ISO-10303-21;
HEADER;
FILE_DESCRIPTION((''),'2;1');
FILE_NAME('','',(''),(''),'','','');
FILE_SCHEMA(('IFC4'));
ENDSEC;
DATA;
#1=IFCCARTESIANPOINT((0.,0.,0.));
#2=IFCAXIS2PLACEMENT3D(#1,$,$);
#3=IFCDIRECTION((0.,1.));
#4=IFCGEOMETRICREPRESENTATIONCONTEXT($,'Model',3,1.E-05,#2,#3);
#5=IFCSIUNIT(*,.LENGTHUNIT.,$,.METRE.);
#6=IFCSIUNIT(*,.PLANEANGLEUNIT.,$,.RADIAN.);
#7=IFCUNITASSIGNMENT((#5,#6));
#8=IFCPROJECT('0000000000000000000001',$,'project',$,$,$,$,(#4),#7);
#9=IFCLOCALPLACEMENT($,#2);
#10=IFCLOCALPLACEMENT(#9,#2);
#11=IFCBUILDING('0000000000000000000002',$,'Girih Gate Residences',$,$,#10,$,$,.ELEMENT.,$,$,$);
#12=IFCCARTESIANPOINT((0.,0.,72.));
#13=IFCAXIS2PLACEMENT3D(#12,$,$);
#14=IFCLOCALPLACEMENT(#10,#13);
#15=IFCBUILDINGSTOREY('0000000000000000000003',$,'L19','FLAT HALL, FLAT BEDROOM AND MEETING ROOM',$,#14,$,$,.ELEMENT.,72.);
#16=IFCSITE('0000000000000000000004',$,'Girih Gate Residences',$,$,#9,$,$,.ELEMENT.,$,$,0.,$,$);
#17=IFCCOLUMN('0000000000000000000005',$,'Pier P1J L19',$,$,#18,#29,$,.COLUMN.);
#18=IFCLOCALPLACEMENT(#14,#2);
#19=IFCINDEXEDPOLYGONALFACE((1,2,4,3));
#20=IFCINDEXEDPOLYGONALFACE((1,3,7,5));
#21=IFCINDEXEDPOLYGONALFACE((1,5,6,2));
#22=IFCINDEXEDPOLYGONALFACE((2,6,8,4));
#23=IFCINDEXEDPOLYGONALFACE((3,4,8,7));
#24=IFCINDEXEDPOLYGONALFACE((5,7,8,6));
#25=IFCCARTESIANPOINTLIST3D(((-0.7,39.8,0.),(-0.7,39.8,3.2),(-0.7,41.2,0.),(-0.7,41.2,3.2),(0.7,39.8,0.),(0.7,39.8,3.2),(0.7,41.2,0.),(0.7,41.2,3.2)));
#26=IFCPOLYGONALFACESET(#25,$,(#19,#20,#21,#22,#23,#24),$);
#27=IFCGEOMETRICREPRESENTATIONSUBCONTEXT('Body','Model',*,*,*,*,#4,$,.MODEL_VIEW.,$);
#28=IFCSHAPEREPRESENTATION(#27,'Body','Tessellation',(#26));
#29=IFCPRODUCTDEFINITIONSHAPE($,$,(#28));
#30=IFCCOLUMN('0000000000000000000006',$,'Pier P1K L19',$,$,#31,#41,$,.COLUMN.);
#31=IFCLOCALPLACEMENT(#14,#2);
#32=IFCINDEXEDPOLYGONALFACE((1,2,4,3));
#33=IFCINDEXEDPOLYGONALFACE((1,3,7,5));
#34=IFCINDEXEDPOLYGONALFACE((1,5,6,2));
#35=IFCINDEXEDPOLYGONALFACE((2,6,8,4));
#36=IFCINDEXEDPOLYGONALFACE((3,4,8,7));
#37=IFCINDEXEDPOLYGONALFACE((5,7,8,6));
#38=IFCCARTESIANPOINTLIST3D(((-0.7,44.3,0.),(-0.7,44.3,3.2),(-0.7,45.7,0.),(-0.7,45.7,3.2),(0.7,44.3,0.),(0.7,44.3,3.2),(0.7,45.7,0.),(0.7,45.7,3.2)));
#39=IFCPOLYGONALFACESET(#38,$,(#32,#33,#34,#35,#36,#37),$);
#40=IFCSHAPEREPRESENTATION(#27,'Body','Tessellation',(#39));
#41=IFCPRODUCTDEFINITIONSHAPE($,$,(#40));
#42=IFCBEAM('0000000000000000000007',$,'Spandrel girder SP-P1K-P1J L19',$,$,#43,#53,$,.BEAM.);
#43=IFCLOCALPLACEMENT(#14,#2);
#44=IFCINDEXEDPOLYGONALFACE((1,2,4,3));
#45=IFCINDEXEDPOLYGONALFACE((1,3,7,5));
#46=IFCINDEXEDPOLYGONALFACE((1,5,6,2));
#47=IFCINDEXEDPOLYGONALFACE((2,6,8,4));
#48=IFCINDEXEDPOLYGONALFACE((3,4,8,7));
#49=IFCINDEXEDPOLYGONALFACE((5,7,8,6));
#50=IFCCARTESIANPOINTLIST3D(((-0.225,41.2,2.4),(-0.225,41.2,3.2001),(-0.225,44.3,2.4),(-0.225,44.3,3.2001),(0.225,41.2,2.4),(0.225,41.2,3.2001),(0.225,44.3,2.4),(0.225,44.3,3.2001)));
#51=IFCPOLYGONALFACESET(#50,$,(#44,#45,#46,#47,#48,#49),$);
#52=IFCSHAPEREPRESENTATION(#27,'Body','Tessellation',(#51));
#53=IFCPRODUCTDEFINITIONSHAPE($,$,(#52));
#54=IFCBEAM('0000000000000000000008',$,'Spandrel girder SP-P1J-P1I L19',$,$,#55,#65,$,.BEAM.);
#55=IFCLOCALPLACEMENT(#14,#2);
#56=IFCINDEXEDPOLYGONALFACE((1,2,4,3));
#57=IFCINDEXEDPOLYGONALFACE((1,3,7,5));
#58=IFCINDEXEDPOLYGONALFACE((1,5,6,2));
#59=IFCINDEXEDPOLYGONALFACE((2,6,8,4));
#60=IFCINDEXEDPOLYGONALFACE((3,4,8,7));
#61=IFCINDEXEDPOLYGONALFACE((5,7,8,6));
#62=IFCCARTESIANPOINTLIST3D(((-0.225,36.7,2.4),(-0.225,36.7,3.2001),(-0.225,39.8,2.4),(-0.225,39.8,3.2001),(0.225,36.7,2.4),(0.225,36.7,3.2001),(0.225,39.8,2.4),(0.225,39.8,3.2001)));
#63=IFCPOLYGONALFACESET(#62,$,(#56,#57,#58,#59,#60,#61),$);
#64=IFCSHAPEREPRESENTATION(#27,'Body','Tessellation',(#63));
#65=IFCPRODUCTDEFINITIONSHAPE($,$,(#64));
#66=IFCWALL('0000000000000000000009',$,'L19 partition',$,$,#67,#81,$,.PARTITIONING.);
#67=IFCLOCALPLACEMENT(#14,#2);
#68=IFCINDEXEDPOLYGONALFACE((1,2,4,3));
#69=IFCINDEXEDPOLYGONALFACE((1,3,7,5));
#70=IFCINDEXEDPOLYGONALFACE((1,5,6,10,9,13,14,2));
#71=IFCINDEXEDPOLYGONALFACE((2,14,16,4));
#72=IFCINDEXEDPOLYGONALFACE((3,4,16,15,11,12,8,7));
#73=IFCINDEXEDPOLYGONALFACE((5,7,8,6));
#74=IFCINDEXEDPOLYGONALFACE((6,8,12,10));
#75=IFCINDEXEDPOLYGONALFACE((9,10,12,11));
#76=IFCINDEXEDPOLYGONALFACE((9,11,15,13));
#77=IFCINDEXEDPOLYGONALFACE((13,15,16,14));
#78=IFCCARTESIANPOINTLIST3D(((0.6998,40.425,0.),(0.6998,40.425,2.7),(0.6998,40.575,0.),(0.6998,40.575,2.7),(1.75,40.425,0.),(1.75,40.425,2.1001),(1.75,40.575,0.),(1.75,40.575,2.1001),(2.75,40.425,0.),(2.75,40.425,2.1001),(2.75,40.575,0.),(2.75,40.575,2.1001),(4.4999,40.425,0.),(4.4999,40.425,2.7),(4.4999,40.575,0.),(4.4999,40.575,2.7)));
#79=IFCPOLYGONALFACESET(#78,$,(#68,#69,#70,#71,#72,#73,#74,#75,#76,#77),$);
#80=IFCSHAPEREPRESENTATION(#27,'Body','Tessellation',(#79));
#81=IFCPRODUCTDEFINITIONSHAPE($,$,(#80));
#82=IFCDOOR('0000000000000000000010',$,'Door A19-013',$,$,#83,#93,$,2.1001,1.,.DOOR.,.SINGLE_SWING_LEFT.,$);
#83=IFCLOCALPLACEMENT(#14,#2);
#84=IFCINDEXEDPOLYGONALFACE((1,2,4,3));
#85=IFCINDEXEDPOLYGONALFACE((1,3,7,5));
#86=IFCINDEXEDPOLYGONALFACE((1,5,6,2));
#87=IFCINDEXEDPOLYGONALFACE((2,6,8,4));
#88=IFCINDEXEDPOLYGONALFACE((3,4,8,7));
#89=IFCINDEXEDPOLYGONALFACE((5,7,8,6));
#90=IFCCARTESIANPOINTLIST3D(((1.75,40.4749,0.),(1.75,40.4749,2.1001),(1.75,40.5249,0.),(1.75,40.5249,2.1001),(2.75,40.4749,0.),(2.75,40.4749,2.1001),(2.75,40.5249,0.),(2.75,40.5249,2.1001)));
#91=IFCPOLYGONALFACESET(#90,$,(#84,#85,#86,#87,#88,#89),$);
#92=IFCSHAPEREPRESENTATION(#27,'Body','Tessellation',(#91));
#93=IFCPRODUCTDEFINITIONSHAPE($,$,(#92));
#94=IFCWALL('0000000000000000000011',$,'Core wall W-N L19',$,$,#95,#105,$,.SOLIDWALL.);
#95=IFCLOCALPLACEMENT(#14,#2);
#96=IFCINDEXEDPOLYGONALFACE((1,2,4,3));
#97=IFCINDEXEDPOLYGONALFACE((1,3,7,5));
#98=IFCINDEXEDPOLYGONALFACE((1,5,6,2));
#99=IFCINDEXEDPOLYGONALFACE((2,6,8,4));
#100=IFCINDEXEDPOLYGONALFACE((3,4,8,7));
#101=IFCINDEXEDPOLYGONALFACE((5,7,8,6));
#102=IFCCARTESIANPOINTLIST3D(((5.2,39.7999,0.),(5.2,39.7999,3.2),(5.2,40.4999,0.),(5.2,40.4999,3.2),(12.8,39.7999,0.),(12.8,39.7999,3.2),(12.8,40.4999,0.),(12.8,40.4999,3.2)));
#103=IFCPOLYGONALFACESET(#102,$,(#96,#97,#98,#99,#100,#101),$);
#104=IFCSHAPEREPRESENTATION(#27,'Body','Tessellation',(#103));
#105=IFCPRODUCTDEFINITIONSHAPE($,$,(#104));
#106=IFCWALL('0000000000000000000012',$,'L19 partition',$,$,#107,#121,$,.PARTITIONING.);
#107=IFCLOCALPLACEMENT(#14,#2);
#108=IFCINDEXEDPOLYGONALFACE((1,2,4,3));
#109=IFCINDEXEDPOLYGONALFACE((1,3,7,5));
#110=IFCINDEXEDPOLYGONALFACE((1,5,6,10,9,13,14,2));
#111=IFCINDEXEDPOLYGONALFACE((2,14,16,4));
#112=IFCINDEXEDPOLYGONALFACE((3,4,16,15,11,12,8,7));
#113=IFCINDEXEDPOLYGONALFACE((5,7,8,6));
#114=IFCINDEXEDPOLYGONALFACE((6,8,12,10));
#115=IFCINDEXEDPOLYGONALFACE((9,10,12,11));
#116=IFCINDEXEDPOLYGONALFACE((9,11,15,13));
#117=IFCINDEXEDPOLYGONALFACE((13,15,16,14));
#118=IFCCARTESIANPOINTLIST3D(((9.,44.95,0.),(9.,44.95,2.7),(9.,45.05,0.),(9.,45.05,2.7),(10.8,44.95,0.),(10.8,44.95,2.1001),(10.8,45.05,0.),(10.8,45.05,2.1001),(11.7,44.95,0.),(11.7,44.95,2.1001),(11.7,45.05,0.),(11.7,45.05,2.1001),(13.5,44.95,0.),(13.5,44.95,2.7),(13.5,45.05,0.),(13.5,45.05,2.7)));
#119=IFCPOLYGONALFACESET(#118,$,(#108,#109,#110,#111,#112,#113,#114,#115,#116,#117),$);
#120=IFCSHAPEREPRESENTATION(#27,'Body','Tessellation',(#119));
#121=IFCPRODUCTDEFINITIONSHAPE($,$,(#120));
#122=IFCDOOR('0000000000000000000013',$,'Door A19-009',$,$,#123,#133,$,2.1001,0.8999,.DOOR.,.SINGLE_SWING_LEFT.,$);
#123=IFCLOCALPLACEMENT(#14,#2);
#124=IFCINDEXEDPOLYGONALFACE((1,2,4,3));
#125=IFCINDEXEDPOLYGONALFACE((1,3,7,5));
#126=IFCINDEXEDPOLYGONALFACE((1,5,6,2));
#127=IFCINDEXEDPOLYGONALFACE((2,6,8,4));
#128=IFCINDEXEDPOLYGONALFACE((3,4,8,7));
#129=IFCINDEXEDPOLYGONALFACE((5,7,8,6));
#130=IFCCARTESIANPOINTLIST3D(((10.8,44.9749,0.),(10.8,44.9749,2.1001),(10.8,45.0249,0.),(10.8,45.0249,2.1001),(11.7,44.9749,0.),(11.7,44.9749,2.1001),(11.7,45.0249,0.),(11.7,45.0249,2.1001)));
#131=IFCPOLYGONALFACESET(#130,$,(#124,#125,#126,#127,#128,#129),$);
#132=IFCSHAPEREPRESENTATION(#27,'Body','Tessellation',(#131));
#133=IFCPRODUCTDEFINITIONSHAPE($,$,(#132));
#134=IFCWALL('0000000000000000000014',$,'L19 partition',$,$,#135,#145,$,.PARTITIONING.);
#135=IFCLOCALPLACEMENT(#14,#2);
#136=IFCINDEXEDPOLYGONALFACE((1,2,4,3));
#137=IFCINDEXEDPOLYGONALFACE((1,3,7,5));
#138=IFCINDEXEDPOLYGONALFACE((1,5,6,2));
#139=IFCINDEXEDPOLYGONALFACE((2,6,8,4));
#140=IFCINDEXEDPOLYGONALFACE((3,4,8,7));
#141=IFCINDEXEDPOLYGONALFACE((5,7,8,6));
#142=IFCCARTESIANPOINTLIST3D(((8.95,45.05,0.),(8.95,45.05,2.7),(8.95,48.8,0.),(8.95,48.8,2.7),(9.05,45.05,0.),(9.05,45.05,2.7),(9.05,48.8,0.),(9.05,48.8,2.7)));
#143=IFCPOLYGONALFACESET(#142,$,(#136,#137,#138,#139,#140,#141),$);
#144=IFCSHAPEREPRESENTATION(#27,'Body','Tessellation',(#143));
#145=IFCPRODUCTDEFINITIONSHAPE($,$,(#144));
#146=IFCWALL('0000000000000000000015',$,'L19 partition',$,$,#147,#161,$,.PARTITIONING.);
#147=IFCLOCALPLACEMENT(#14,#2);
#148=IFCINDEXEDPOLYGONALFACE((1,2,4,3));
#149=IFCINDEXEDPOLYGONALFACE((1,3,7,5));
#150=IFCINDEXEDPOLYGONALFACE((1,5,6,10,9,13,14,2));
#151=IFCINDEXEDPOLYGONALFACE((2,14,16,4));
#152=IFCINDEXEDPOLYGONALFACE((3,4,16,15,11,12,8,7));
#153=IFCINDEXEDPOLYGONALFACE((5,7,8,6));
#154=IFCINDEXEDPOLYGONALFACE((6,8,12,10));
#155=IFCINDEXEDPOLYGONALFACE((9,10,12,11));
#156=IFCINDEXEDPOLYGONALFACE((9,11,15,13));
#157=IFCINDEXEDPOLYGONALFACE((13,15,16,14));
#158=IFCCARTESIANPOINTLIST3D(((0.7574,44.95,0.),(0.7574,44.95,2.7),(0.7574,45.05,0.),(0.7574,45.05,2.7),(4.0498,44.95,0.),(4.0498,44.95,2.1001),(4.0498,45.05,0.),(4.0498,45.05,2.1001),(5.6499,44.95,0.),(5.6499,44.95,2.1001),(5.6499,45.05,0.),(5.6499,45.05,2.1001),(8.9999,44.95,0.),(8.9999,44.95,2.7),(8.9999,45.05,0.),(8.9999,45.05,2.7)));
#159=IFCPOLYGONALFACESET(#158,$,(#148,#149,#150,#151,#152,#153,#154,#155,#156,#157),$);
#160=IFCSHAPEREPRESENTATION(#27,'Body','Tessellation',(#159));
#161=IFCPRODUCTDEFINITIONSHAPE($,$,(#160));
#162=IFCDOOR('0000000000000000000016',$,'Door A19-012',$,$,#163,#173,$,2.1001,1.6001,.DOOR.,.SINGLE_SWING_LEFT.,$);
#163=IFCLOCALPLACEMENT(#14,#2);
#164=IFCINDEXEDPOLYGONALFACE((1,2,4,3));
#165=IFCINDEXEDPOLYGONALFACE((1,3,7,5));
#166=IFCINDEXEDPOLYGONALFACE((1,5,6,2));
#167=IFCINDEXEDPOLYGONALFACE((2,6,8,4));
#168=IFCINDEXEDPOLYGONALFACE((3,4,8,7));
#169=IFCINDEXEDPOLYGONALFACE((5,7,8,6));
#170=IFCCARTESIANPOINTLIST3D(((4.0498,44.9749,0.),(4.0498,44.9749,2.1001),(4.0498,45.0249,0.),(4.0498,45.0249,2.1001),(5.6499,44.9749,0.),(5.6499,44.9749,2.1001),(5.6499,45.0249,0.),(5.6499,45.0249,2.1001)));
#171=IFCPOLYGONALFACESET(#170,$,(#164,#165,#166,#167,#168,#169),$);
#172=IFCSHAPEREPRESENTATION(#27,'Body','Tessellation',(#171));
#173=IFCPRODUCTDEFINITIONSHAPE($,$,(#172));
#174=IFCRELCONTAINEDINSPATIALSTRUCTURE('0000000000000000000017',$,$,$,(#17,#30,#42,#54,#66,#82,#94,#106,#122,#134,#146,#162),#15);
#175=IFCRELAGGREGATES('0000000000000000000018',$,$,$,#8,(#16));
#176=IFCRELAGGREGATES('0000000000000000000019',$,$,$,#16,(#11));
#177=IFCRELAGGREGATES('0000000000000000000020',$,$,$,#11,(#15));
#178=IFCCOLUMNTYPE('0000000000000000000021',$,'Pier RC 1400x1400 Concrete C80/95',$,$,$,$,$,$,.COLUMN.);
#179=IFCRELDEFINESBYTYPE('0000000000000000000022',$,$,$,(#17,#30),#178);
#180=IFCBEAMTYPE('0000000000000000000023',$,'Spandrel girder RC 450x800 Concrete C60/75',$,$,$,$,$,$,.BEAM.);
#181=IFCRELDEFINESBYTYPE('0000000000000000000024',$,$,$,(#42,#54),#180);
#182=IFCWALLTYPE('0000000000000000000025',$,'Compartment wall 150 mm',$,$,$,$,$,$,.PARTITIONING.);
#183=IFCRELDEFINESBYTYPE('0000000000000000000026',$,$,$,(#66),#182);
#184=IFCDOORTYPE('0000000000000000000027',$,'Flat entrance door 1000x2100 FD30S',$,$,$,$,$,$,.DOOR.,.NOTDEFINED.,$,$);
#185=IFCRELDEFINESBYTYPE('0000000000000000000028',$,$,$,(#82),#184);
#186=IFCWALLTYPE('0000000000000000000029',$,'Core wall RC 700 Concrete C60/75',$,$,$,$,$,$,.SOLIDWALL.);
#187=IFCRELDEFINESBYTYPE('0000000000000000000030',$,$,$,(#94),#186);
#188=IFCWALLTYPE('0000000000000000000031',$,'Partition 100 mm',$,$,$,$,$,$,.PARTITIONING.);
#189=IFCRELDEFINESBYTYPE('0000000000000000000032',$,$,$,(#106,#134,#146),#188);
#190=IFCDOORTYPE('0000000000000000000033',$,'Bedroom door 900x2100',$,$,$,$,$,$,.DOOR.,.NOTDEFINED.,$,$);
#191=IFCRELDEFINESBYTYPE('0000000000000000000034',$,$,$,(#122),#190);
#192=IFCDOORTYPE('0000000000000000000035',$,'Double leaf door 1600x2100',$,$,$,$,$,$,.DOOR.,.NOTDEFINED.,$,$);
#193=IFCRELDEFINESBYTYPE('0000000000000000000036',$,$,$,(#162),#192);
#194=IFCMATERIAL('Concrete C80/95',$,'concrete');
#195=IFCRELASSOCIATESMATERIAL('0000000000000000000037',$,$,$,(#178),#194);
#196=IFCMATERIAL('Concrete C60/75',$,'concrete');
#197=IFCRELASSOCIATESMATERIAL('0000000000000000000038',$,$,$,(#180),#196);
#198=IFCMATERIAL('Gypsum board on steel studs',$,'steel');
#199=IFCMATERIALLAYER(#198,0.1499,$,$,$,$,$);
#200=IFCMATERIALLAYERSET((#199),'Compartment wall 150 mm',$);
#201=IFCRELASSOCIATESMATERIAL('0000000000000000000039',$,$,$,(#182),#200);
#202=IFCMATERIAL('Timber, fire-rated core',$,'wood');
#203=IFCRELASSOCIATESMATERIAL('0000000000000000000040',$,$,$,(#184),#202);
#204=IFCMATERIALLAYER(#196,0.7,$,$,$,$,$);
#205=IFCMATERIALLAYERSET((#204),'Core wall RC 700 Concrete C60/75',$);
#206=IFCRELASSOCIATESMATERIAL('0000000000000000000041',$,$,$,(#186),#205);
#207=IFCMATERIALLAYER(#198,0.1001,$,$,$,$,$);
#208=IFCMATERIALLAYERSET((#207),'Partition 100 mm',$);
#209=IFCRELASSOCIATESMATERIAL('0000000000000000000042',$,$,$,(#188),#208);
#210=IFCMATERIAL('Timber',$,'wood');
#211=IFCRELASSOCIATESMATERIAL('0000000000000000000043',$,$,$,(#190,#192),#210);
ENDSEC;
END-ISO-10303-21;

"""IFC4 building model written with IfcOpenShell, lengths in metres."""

from ifc_helpers import new_model, si_unit, direction, frame, frame_2d, origin, origin_2d, place, context, subcontext, project, spatial, rectangle, extrude, material, layer, layer_set, material_profile, profile_set, type_object, element, fill, save


model = new_model("IFC4")

# Units and contexts
model_context = context("Model", 3, precision=1e-05, world=origin(), true_north=direction((0.0, 1.0)))
body_context = subcontext(model_context, "Body", "Model", "MODEL_VIEW")
ifc_project = project(units=[si_unit("LENGTHUNIT", "METRE"), si_unit("PLANEANGLEUNIT", "RADIAN")], contexts=[model_context])

# Site, building, storey
site_placement = place(None, origin())
site = spatial("IfcSite", under=ifc_project, at=site_placement, Name="Girih Gate Residences", CompositionType="ELEMENT", RefElevation=0.0)
building_placement = place(site_placement, origin())
building = spatial("IfcBuilding", under=site, at=building_placement, Name="Girih Gate Residences", CompositionType="ELEMENT")
storey_placement = place(building_placement, frame((0.0, 0.0, 72.0)))
storey = spatial("IfcBuildingStorey", under=building, at=storey_placement, Name="L19", Description="FLAT HALL, FLAT BEDROOM AND MEETING ROOM", CompositionType="ELEMENT", Elevation=72.0)

# Columns
ifc_material_1 = material(Name="Concrete C80/95", Category="concrete")
ifc_material_profile_1 = material_profile(ifc_material_1, rectangle(XDim=1.3999, YDim=1.3999, at=origin_2d()))
ifc_profile_set_1 = profile_set([ifc_material_profile_1], Name="Concrete C80/95")
column_type = type_object("IfcColumnType", Name="Pier RC 1400x1400 Concrete C80/95", PredefinedType="COLUMN", material=ifc_profile_set_1)
for number, where, z_axis, x_axis, name in (
    (1, (0.0, 40.5, 0.0), (0.0, 0.0, 1.0), (1.0, 0.0, 0.0), "Pier P1J L19"),
    (2, (0.0, 45.0, 0.0), (0.0, 0.0, 1.0), (1.0, 0.0, 0.0), "Pier P1K L19"),
):
    element("IfcColumn", number, at=place(storey_placement, frame(where, z_axis=z_axis, x_axis=x_axis)), inside=storey, type_object=column_type, Name=name, PredefinedType="COLUMN", context=body_context, shape_type="SweptSolid", body=[
        extrude(rectangle(XDim=1.3999, YDim=1.3999, at=origin_2d()), origin(), (0.0, 0.0, 1.0), 3.2),
    ])

# Beams
ifc_material_2 = material(Name="Concrete C60/75", Category="concrete")
ifc_material_profile_2 = material_profile(ifc_material_2, rectangle(XDim=0.45, YDim=0.8, at=origin_2d()))
ifc_profile_set_2 = profile_set([ifc_material_profile_2], Name="Concrete C60/75")
beam_type = type_object("IfcBeamType", Name="Spandrel girder RC 450x800 Concrete C60/75", PredefinedType="BEAM", material=ifc_profile_set_2)
for number, where, z_axis, x_axis, name in (
    (3, (0.0, 44.3, 2.8), (0.0, -1.0, 0.0), (1.0, 0.0, 0.0), "Spandrel girder SP-P1K-P1J L19"),
    (4, (0.0, 39.8, 2.8), (0.0, -1.0, 0.0), (1.0, 0.0, 0.0), "Spandrel girder SP-P1J-P1I L19"),
):
    element("IfcBeam", number, at=place(storey_placement, frame(where, z_axis=z_axis, x_axis=x_axis)), inside=storey, type_object=beam_type, Name=name, PredefinedType="BEAM", context=body_context, shape_type="SweptSolid", body=[
        extrude(rectangle(XDim=0.45, YDim=0.8, at=origin_2d()), origin(), (0.0, 0.0, 1.0), 3.1001),
    ])

# Wall, opening, door
ifc_material_3 = material(Name="Gypsum board on steel studs", Category="steel")
ifc_layer_1 = layer(ifc_material_3, 0.1499)
ifc_layer_set_1 = layer_set([ifc_layer_1], Name="Compartment wall 150 mm")
wall_type_1 = type_object("IfcWallType", Name="Compartment wall 150 mm", PredefinedType="PARTITIONING", material=ifc_layer_set_1)
wall_1_placement = place(storey_placement, frame((0.7, 40.5, 0.0), z_axis=(0.0, 0.0, 1.0), x_axis=(1.0, 0.0, 0.0)))
wall_1 = element("IfcWall", 5, at=wall_1_placement, inside=storey, type_object=wall_type_1, Name="L19 partition", PredefinedType="PARTITIONING", context=body_context, shape_type="SweptSolid", body=[
    extrude(rectangle(XDim=3.8, YDim=0.1499, at=frame_2d((1.8999, 0.0))), origin(), (0.0, 0.0, 1.0), 2.7),
])
opening_1_placement = place(wall_1_placement, frame((1.05, 0.0, 0.0)))
opening_1 = element("IfcOpeningElement", 6, at=opening_1_placement, cuts=wall_1, PredefinedType="OPENING", context=body_context, shape_type="SweptSolid", body=[
    extrude(rectangle(XDim=1.0, YDim=2.1001, at=frame_2d((0.5, 1.05))), frame((0.0, 0.085, 0.0), z_axis=(0.0, -1.0, 0.0), x_axis=(1.0, 0.0, 0.0)), (0.0, 0.0, 1.0), 0.1699),
])
ifc_material_4 = material(Name="Timber, fire-rated core", Category="wood")
door_type_1 = type_object("IfcDoorType", Name="Flat entrance door 1000x2100 FD30S", OperationType="NOTDEFINED", PredefinedType="DOOR", material=ifc_material_4)
door_1_placement = place(opening_1_placement, origin())
door_1 = element("IfcDoor", 7, at=door_1_placement, inside=storey, type_object=door_type_1, Name="Door A19-013", OperationType="SINGLE_SWING_LEFT", OverallHeight=2.1001, OverallWidth=1.0, PredefinedType="DOOR", context=body_context, shape_type="SweptSolid", body=[
    extrude(rectangle(XDim=1.0, YDim=2.1001, at=frame_2d((0.5, 1.05))), frame((0.0, 0.0249, 0.0), z_axis=(0.0, -1.0, 0.0), x_axis=(1.0, 0.0, 0.0)), (0.0, 0.0, 1.0), 0.05),
])
fill(opening_1, door_1)

# Wall
ifc_layer_2 = layer(ifc_material_2, 0.7)
ifc_layer_set_2 = layer_set([ifc_layer_2], Name="Core wall RC 700 Concrete C60/75")
wall_type_2 = type_object("IfcWallType", Name="Core wall RC 700 Concrete C60/75", PredefinedType="SOLIDWALL", material=ifc_layer_set_2)
wall_2_placement = place(storey_placement, frame((5.2, 40.1499, 0.0), z_axis=(0.0, 0.0, 1.0), x_axis=(1.0, 0.0, 0.0)))
element("IfcWall", 8, at=wall_2_placement, inside=storey, type_object=wall_type_2, Name="Core wall W-N L19", PredefinedType="SOLIDWALL", context=body_context, shape_type="SweptSolid", body=[
    extrude(rectangle(XDim=7.6001, YDim=0.7, at=frame_2d((3.8, 0.0))), origin(), (0.0, 0.0, 1.0), 3.2),
])

# Wall, opening, door
ifc_layer_3 = layer(ifc_material_3, 0.1001)
ifc_layer_set_3 = layer_set([ifc_layer_3], Name="Partition 100 mm")
wall_type_3 = type_object("IfcWallType", Name="Partition 100 mm", PredefinedType="PARTITIONING", material=ifc_layer_set_3)
wall_3_placement = place(storey_placement, frame((9.0, 45.0, 0.0), z_axis=(0.0, 0.0, 1.0), x_axis=(1.0, 0.0, 0.0)))
wall_3 = element("IfcWall", 9, at=wall_3_placement, inside=storey, type_object=wall_type_3, Name="L19 partition", PredefinedType="PARTITIONING", context=body_context, shape_type="SweptSolid", body=[
    extrude(rectangle(XDim=4.5, YDim=0.1001, at=frame_2d((2.25, 0.0))), origin(), (0.0, 0.0, 1.0), 2.7),
])
opening_2_placement = place(wall_3_placement, frame((1.8, 0.0, 0.0)))
opening_2 = element("IfcOpeningElement", 10, at=opening_2_placement, cuts=wall_3, PredefinedType="OPENING", context=body_context, shape_type="SweptSolid", body=[
    extrude(rectangle(XDim=0.8999, YDim=2.1001, at=frame_2d((0.45, 1.05))), frame((0.0, 0.0601, 0.0), z_axis=(0.0, -1.0, 0.0), x_axis=(1.0, 0.0, 0.0)), (0.0, 0.0, 1.0), 0.1201),
])
ifc_material_5 = material(Name="Timber", Category="wood")
door_type_2 = type_object("IfcDoorType", Name="Bedroom door 900x2100", OperationType="NOTDEFINED", PredefinedType="DOOR", material=ifc_material_5)
door_2_placement = place(opening_2_placement, origin())
door_2 = element("IfcDoor", 11, at=door_2_placement, inside=storey, type_object=door_type_2, Name="Door A19-009", OperationType="SINGLE_SWING_LEFT", OverallHeight=2.1001, OverallWidth=0.8999, PredefinedType="DOOR", context=body_context, shape_type="SweptSolid", body=[
    extrude(rectangle(XDim=0.8999, YDim=2.1001, at=frame_2d((0.45, 1.05))), frame((0.0, 0.0249, 0.0), z_axis=(0.0, -1.0, 0.0), x_axis=(1.0, 0.0, 0.0)), (0.0, 0.0, 1.0), 0.05),
])
fill(opening_2, door_2)

# Wall
wall_4_placement = place(storey_placement, frame((9.0, 45.05, 0.0), z_axis=(0.0, 0.0, 1.0), x_axis=(0.0, 1.0, 0.0)))
element("IfcWall", 12, at=wall_4_placement, inside=storey, type_object=wall_type_3, Name="L19 partition", PredefinedType="PARTITIONING", context=body_context, shape_type="SweptSolid", body=[
    extrude(rectangle(XDim=3.75, YDim=0.1001, at=frame_2d((1.875, 0.0))), origin(), (0.0, 0.0, 1.0), 2.7),
])

# Wall, opening, door
wall_5_placement = place(storey_placement, frame((0.7576, 45.0, 0.0), z_axis=(0.0, 0.0, 1.0), x_axis=(1.0, 0.0, 0.0)))
wall_5 = element("IfcWall", 13, at=wall_5_placement, inside=storey, type_object=wall_type_3, Name="L19 partition", PredefinedType="PARTITIONING", context=body_context, shape_type="SweptSolid", body=[
    extrude(rectangle(XDim=8.2424, YDim=0.1001, at=frame_2d((4.1211, 0.0))), origin(), (0.0, 0.0, 1.0), 2.7),
])
opening_3_placement = place(wall_5_placement, frame((3.2922, 0.0, 0.0)))
opening_3 = element("IfcOpeningElement", 14, at=opening_3_placement, cuts=wall_5, PredefinedType="OPENING", context=body_context, shape_type="SweptSolid", body=[
    extrude(rectangle(XDim=1.6001, YDim=2.1001, at=frame_2d((0.8, 1.05))), frame((0.0, 0.0601, 0.0), z_axis=(0.0, -1.0, 0.0), x_axis=(1.0, 0.0, 0.0)), (0.0, 0.0, 1.0), 0.1201),
])
door_type_3 = type_object("IfcDoorType", Name="Double leaf door 1600x2100", OperationType="NOTDEFINED", PredefinedType="DOOR", material=ifc_material_5)
door_3_placement = place(opening_3_placement, origin())
door_3 = element("IfcDoor", 15, at=door_3_placement, inside=storey, type_object=door_type_3, Name="Door A19-012", OperationType="SINGLE_SWING_LEFT", OverallHeight=2.1001, OverallWidth=1.6001, PredefinedType="DOOR", context=body_context, shape_type="SweptSolid", body=[
    extrude(rectangle(XDim=1.6001, YDim=2.1001, at=frame_2d((0.8, 1.05))), frame((0.0, 0.0249, 0.0), z_axis=(0.0, -1.0, 0.0), x_axis=(1.0, 0.0, 0.0)), (0.0, 0.0, 1.0), 0.05),
])
fill(opening_3, door_3)

save(model, "model.ifc")
